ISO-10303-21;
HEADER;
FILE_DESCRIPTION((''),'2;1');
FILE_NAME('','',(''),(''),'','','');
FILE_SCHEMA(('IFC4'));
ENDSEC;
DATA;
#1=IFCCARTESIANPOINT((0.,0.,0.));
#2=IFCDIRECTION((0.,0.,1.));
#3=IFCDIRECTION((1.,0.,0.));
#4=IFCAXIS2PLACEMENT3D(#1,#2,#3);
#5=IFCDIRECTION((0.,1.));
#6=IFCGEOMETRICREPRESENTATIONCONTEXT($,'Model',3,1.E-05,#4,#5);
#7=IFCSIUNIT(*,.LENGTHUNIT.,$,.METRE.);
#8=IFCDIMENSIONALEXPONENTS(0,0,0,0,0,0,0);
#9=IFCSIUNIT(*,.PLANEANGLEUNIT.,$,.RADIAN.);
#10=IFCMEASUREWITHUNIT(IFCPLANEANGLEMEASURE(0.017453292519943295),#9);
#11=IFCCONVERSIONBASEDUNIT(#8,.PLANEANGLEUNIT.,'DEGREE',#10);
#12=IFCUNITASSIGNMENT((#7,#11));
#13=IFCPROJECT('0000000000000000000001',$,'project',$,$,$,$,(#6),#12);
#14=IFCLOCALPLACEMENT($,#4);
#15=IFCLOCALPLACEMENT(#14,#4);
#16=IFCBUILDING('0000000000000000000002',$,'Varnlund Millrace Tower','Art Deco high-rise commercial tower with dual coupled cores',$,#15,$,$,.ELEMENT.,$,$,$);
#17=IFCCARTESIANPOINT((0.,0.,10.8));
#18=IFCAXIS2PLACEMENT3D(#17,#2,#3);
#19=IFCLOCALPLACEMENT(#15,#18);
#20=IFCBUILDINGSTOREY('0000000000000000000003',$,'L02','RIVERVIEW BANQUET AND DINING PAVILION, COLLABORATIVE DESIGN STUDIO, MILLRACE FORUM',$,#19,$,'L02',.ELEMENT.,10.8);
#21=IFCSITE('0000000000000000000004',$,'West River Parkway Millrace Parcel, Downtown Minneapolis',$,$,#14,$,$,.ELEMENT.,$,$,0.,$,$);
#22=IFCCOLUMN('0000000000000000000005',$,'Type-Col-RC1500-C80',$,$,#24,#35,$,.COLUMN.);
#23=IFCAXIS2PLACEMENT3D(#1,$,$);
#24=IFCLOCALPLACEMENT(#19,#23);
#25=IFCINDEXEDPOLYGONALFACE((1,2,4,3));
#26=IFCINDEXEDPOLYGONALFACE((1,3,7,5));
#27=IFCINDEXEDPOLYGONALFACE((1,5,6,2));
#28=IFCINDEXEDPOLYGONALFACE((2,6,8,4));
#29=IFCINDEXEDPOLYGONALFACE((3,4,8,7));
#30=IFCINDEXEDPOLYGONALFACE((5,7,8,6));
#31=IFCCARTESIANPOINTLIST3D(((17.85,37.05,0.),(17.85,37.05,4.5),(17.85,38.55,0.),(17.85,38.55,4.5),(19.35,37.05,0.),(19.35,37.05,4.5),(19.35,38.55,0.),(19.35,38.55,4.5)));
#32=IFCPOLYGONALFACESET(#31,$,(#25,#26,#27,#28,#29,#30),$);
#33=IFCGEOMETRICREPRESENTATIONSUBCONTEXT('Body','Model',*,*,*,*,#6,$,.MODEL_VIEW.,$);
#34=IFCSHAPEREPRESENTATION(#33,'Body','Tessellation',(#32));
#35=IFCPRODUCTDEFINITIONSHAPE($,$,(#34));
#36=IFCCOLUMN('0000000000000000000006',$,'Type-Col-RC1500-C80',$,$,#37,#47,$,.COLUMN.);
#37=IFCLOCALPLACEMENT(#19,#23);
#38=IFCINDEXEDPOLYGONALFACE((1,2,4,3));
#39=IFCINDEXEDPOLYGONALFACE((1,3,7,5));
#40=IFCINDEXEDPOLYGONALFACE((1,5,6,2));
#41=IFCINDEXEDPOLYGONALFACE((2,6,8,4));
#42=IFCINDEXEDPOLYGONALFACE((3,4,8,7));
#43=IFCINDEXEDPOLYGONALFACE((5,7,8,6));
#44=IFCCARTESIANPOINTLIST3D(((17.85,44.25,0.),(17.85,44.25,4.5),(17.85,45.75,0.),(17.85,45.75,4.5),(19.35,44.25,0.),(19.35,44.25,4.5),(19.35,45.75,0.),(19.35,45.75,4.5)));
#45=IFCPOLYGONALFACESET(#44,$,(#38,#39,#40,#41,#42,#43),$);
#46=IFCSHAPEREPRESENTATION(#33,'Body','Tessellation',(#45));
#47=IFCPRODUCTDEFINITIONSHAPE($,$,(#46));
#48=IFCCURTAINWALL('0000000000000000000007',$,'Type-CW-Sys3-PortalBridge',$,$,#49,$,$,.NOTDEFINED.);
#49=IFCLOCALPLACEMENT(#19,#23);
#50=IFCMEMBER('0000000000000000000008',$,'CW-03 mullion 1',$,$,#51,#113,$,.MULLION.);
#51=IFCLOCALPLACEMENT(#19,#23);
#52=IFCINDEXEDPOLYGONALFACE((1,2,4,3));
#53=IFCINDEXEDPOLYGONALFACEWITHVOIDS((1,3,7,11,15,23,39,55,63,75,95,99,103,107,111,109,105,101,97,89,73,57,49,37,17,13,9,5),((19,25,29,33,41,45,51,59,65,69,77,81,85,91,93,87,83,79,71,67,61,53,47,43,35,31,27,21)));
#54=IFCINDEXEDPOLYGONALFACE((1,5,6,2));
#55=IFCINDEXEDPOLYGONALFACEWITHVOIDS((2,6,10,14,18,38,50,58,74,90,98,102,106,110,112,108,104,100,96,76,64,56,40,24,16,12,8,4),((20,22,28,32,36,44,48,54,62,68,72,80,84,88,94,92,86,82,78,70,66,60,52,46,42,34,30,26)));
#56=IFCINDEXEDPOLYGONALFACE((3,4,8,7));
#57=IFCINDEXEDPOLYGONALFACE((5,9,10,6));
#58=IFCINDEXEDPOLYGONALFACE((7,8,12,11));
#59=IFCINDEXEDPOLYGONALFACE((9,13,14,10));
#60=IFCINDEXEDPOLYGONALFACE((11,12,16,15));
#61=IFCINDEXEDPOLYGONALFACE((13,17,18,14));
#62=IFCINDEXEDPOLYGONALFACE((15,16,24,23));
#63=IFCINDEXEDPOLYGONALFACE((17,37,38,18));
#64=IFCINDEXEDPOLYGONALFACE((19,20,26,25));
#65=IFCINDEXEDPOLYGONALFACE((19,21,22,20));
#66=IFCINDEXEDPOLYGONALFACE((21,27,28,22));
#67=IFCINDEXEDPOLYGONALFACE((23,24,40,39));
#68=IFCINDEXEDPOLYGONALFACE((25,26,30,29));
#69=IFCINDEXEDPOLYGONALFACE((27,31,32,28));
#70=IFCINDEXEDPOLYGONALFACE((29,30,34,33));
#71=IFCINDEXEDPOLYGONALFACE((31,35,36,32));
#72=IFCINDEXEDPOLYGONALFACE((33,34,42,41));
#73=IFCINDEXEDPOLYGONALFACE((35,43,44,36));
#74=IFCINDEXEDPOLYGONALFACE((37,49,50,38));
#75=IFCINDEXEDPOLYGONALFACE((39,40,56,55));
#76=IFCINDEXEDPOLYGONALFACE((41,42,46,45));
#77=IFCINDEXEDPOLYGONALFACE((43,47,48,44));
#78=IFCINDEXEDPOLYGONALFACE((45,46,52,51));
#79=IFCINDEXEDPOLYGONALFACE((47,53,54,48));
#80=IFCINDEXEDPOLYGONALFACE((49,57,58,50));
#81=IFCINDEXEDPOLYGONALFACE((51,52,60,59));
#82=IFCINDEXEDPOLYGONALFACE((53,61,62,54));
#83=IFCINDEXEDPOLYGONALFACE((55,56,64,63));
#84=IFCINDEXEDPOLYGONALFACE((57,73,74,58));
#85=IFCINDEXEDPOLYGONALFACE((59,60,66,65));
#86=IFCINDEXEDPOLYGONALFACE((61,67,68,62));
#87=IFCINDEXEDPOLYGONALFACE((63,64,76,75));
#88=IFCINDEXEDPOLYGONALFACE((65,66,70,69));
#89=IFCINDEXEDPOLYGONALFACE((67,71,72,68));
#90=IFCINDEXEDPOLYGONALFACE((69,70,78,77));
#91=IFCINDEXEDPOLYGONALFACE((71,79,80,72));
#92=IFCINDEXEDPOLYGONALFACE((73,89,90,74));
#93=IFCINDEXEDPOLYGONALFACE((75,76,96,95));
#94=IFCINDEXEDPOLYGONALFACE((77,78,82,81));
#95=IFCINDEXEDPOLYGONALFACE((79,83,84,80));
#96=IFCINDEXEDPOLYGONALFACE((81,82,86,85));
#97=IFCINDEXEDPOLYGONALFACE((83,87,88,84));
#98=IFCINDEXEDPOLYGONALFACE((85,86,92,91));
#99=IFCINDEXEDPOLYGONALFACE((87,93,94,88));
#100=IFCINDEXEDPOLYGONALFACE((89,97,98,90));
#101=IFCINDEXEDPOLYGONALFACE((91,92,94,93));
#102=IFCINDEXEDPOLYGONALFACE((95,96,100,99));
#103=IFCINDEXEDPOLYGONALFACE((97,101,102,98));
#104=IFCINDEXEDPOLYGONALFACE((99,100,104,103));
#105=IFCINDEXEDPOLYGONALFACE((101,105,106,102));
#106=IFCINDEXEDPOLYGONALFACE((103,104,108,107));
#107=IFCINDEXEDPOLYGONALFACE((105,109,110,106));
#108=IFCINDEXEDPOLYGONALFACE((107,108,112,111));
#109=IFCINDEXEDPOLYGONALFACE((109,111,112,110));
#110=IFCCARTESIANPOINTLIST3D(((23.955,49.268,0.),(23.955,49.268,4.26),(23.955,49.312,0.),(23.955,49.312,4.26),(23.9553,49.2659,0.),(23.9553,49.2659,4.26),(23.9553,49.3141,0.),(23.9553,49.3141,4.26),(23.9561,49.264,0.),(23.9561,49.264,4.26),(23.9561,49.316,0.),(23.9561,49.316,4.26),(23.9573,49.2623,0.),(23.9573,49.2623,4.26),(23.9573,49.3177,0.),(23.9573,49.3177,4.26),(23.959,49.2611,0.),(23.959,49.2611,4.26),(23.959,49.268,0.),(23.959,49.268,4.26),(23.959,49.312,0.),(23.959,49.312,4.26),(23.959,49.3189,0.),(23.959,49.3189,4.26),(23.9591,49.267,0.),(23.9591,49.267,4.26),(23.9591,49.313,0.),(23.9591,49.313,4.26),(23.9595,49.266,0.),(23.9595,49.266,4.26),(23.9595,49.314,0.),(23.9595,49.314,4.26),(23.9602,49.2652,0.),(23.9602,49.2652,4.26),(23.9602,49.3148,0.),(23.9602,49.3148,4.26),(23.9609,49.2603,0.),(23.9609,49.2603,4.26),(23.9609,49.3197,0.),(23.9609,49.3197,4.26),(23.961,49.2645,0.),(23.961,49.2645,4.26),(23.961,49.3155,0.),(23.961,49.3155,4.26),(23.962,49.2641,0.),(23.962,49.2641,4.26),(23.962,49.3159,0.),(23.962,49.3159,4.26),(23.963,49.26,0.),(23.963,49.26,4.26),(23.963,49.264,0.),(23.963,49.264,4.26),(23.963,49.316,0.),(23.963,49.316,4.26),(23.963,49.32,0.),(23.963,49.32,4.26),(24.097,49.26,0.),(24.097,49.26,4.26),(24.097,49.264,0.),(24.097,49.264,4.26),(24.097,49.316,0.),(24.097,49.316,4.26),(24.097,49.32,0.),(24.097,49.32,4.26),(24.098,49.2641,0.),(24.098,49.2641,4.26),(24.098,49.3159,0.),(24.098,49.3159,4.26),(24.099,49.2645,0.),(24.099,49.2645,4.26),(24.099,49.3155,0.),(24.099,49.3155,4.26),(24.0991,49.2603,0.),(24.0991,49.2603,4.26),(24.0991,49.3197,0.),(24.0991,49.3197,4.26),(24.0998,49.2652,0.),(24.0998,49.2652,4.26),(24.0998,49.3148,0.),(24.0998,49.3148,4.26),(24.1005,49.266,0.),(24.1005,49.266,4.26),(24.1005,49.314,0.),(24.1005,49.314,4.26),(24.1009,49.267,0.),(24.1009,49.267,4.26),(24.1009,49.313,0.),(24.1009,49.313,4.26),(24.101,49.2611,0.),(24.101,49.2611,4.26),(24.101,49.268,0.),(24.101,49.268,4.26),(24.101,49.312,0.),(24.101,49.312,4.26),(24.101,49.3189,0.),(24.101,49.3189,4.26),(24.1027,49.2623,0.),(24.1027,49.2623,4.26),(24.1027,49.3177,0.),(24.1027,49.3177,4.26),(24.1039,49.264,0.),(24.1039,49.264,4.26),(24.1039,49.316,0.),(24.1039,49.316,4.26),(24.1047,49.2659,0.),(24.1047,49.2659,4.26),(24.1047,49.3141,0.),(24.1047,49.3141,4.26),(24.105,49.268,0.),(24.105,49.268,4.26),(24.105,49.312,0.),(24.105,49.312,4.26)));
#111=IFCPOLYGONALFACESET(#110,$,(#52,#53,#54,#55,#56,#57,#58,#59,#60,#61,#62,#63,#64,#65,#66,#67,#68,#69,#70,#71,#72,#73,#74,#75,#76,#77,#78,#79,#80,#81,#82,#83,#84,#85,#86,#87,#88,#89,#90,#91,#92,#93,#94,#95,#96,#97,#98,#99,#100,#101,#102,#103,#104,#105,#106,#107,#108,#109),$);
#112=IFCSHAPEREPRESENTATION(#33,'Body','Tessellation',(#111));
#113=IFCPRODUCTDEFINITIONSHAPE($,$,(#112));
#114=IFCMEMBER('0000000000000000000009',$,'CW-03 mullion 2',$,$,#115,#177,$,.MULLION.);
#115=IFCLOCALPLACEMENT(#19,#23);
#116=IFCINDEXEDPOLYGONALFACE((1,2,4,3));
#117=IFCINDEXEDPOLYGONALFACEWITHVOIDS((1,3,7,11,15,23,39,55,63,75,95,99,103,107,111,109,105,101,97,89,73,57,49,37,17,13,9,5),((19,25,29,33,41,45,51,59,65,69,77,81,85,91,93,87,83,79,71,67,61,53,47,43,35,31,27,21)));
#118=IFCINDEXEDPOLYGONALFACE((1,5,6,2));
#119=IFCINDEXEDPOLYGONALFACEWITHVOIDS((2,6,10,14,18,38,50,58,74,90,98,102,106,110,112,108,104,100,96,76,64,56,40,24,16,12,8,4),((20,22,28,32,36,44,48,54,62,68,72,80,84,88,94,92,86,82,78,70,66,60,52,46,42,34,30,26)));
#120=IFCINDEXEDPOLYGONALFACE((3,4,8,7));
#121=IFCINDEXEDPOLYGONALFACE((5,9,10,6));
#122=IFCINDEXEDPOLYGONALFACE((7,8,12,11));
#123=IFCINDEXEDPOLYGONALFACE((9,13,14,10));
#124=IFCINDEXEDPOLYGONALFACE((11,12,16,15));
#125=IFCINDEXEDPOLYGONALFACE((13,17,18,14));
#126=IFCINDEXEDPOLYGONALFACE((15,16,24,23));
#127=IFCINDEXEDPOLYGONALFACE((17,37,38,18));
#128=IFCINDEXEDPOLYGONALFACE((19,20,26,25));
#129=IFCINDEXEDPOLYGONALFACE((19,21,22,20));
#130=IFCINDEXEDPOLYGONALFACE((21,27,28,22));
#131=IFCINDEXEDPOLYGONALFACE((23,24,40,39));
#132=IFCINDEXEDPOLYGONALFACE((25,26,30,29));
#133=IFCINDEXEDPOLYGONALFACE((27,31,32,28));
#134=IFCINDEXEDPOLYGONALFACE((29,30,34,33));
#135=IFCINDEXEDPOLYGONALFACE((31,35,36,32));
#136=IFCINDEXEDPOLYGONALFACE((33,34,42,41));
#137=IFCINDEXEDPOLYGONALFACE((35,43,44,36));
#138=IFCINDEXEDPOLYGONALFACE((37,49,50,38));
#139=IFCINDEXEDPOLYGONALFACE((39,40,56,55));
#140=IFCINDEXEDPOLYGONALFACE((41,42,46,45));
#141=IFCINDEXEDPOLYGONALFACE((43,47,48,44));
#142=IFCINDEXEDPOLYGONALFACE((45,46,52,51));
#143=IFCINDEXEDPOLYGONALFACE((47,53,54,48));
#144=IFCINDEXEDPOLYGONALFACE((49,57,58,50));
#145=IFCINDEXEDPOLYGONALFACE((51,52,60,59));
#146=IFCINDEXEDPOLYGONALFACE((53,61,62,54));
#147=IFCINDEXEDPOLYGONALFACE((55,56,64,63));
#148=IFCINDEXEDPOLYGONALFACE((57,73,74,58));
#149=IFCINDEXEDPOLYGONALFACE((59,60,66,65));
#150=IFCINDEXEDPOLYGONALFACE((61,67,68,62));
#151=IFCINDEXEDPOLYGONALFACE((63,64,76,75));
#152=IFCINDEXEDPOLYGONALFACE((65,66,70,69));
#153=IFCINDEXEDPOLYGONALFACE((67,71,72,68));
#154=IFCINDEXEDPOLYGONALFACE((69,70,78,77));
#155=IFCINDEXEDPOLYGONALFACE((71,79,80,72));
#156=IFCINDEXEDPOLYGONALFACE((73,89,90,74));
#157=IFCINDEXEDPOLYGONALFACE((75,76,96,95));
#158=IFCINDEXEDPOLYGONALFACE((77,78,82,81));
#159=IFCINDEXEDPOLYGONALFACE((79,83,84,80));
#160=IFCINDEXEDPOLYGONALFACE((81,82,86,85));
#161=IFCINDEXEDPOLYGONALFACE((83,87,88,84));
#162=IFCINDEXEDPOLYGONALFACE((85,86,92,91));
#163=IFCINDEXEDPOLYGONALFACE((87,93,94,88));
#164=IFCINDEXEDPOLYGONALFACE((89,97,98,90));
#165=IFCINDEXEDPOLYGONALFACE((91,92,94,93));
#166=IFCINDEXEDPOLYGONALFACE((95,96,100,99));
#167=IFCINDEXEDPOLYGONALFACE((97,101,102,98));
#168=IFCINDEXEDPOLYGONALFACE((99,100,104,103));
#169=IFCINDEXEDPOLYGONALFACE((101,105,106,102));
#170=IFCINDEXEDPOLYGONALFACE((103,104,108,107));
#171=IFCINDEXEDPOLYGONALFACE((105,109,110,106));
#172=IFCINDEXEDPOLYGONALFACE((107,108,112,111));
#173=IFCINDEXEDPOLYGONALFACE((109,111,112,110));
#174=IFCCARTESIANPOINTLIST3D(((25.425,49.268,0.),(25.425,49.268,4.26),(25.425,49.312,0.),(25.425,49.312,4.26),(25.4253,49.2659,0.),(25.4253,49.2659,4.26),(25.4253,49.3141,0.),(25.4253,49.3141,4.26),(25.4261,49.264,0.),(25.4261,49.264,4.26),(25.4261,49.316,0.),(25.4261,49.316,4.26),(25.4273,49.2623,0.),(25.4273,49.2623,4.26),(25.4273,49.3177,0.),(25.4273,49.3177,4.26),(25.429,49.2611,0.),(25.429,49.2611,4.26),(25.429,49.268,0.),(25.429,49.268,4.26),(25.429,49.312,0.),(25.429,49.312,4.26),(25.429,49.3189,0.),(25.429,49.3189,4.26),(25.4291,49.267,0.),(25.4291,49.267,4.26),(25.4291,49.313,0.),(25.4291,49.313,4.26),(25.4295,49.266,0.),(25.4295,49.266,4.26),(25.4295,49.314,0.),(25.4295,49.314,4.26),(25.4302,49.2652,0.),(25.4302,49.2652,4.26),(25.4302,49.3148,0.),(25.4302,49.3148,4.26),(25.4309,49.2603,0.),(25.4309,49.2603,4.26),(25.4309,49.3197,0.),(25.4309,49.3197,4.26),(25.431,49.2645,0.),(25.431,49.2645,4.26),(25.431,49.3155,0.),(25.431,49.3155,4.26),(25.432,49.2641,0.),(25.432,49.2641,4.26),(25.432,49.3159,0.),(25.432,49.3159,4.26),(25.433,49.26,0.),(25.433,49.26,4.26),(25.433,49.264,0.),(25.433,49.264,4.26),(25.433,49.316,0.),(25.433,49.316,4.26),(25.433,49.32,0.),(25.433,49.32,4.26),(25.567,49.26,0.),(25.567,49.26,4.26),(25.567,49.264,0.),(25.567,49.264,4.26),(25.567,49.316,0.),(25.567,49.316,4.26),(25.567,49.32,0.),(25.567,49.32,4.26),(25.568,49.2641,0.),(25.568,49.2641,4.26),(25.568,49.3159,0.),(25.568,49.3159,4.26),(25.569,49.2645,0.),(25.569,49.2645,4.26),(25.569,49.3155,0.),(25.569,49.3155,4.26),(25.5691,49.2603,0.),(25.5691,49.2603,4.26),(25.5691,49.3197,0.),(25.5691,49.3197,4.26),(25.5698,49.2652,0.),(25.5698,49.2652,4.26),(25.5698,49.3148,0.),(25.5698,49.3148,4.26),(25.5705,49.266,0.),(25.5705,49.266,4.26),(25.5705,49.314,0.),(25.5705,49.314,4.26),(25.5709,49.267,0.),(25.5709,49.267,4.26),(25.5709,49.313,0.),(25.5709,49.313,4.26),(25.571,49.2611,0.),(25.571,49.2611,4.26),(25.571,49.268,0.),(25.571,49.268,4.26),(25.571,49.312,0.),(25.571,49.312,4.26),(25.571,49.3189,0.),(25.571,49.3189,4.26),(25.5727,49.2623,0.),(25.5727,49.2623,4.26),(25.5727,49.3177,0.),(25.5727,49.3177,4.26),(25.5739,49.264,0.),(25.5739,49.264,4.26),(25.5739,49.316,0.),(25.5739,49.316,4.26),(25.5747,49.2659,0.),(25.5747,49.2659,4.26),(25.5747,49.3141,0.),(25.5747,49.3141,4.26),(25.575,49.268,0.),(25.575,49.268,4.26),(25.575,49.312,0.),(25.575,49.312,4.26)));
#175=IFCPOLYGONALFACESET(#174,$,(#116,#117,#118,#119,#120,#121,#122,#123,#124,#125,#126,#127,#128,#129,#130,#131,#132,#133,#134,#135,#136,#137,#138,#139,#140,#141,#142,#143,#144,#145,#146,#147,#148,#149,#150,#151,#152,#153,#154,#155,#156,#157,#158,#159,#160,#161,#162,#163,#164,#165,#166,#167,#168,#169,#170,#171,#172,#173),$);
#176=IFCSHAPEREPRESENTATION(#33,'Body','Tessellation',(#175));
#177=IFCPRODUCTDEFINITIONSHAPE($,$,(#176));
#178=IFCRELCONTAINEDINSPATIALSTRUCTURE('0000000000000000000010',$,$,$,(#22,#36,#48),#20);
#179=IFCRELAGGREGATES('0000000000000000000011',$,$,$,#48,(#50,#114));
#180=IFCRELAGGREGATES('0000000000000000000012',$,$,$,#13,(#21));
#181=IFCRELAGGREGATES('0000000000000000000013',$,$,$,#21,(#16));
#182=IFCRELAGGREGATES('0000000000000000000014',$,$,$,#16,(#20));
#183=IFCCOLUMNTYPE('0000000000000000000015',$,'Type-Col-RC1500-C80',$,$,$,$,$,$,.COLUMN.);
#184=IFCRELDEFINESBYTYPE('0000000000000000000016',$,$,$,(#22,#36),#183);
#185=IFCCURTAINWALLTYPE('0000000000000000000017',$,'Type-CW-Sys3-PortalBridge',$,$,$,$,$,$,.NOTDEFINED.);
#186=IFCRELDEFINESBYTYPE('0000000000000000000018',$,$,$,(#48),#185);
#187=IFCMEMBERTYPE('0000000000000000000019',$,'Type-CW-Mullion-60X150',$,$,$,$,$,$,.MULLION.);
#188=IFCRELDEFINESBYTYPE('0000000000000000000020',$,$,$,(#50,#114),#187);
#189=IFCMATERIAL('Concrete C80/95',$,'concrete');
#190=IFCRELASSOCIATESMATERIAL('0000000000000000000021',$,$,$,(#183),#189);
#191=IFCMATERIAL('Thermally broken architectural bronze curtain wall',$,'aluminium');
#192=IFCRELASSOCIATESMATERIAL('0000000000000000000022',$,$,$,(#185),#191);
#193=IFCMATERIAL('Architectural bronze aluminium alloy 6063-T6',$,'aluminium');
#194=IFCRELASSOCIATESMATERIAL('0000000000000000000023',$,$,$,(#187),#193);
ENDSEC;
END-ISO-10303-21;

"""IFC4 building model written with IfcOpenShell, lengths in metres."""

from ifc_helpers import new_model, entity, si_unit, converted_unit, direction, frame, origin_with_axes, origin_2d_with_axis, place, context, subcontext, project, spatial, rectangle, hollow_rectangle, extrude, material, material_profile, profile_set, type_object, element, aggregate, save


model = new_model("IFC4")

# Units and contexts
model_context = context("Model", 3, precision=1e-05, world=origin_with_axes(), true_north=direction((0.0, 1.0)))
body_context = subcontext(model_context, "Body", "Model", "MODEL_VIEW")
ifc_project = project(units=[si_unit("LENGTHUNIT", "METRE"), converted_unit("PLANEANGLEUNIT", "DEGREE", entity("IfcPlaneAngleMeasure", 0.017453292519943295), si_unit("PLANEANGLEUNIT", "RADIAN"), dimensions=[0, 0, 0, 0, 0, 0, 0])], contexts=[model_context])

# Site, building, storey
site_placement = place(None, origin_with_axes())
site = spatial("IfcSite", under=ifc_project, at=site_placement, Name="West River Parkway Millrace Parcel, Downtown Minneapolis", CompositionType="ELEMENT", RefElevation=0.0)
building_placement = place(site_placement, origin_with_axes())
building = spatial("IfcBuilding", under=site, at=building_placement, Name="Varnlund Millrace Tower", Description="Art Deco high-rise commercial tower with dual coupled cores", CompositionType="ELEMENT")
storey_placement = place(building_placement, frame((0.0, 0.0, 10.8), z_axis=(0.0, 0.0, 1.0), x_axis=(1.0, 0.0, 0.0)))
storey = spatial("IfcBuildingStorey", under=building, at=storey_placement, Name="L02", Description="RIVERVIEW BANQUET AND DINING PAVILION, COLLABORATIVE DESIGN STUDIO, MILLRACE FORUM", LongName="L02", CompositionType="ELEMENT", Elevation=10.8)

# Columns
ifc_material_1 = material(Name="Concrete C80/95", Category="concrete")
ifc_material_profile_1 = material_profile(ifc_material_1, rectangle(XDim=1.5, YDim=1.5, at=origin_2d_with_axis()), Name="Concrete C80/95")
ifc_profile_set_1 = profile_set([ifc_material_profile_1], Name="Concrete C80/95")
column_type = type_object("IfcColumnType", Name="Type-Col-RC1500-C80", PredefinedType="COLUMN", material=ifc_profile_set_1)
for number, where, z_axis, x_axis, name in (
    (1, (18.6, 37.8, 0.0), (0.0, 0.0, 1.0), (1.0, 0.0, 0.0), "Type-Col-RC1500-C80"),
    (2, (18.6, 45.0, 0.0), (0.0, 0.0, 1.0), (1.0, 0.0, 0.0), "Type-Col-RC1500-C80"),
):
    element("IfcColumn", number, at=place(storey_placement, frame(where, z_axis=z_axis, x_axis=x_axis)), inside=storey, type_object=column_type, Name=name, PredefinedType="COLUMN", context=body_context, shape_type="SweptSolid", body=[
        extrude(rectangle(XDim=1.5, YDim=1.5, at=origin_2d_with_axis()), origin_with_axes(), (0.0, 0.0, 1.0), 4.5),
    ])

# Curtain wall, members
ifc_material_2 = material(Name="Thermally broken architectural bronze curtain wall", Category="aluminium")
curtain_wall_type = type_object("IfcCurtainWallType", Name="Type-CW-Sys3-PortalBridge", PredefinedType="NOTDEFINED", material=ifc_material_2)
curtain_wall_placement = place(storey_placement, frame((24.0, 49.29, 0.0), z_axis=(0.0, 0.0, 1.0), x_axis=(1.0, 0.0, 0.0)))
curtain_wall = element("IfcCurtainWall", 3, at=curtain_wall_placement, inside=storey, type_object=curtain_wall_type, Name="Type-CW-Sys3-PortalBridge", PredefinedType="NOTDEFINED")
ifc_material_3 = material(Name="Architectural bronze aluminium alloy 6063-T6", Category="aluminium")
ifc_material_profile_2 = material_profile(ifc_material_3, hollow_rectangle(XDim=0.06, YDim=0.15, WallThickness=0.004, InnerFilletRadius=0.004, OuterFilletRadius=0.008, at=origin_2d_with_axis()), Name="Architectural bronze aluminium alloy 6063-T6")
ifc_profile_set_2 = profile_set([ifc_material_profile_2], Name="Architectural bronze aluminium alloy 6063-T6")
member_type_1 = type_object("IfcMemberType", Name="Type-CW-Mullion-60X150", PredefinedType="MULLION", material=ifc_profile_set_2)
member_1_placement = place(storey_placement, frame((24.03, 49.29, 0.0), z_axis=(0.0, 0.0, 1.0), x_axis=(0.0, 1.0, 0.0)))
member_1 = element("IfcMember", 4, at=member_1_placement, type_object=member_type_1, Name="CW-03 mullion 1", PredefinedType="MULLION", context=body_context, shape_type="SweptSolid", body=[
    extrude(hollow_rectangle(XDim=0.06, YDim=0.15, WallThickness=0.004, InnerFilletRadius=0.004, OuterFilletRadius=0.008, at=origin_2d_with_axis()), origin_with_axes(), (0.0, 0.0, 1.0), 4.26),
])
member_2_placement = place(storey_placement, frame((25.5, 49.29, 0.0), z_axis=(0.0, 0.0, 1.0), x_axis=(0.0, 1.0, 0.0)))
member_2 = element("IfcMember", 5, at=member_2_placement, type_object=member_type_1, Name="CW-03 mullion 2", PredefinedType="MULLION", context=body_context, shape_type="SweptSolid", body=[
    extrude(hollow_rectangle(XDim=0.06, YDim=0.15, WallThickness=0.004, InnerFilletRadius=0.004, OuterFilletRadius=0.008, at=origin_2d_with_axis()), origin_with_axes(), (0.0, 0.0, 1.0), 4.26),
])

aggregate(curtain_wall, [member_1, member_2])

save(model, "model.ifc")
